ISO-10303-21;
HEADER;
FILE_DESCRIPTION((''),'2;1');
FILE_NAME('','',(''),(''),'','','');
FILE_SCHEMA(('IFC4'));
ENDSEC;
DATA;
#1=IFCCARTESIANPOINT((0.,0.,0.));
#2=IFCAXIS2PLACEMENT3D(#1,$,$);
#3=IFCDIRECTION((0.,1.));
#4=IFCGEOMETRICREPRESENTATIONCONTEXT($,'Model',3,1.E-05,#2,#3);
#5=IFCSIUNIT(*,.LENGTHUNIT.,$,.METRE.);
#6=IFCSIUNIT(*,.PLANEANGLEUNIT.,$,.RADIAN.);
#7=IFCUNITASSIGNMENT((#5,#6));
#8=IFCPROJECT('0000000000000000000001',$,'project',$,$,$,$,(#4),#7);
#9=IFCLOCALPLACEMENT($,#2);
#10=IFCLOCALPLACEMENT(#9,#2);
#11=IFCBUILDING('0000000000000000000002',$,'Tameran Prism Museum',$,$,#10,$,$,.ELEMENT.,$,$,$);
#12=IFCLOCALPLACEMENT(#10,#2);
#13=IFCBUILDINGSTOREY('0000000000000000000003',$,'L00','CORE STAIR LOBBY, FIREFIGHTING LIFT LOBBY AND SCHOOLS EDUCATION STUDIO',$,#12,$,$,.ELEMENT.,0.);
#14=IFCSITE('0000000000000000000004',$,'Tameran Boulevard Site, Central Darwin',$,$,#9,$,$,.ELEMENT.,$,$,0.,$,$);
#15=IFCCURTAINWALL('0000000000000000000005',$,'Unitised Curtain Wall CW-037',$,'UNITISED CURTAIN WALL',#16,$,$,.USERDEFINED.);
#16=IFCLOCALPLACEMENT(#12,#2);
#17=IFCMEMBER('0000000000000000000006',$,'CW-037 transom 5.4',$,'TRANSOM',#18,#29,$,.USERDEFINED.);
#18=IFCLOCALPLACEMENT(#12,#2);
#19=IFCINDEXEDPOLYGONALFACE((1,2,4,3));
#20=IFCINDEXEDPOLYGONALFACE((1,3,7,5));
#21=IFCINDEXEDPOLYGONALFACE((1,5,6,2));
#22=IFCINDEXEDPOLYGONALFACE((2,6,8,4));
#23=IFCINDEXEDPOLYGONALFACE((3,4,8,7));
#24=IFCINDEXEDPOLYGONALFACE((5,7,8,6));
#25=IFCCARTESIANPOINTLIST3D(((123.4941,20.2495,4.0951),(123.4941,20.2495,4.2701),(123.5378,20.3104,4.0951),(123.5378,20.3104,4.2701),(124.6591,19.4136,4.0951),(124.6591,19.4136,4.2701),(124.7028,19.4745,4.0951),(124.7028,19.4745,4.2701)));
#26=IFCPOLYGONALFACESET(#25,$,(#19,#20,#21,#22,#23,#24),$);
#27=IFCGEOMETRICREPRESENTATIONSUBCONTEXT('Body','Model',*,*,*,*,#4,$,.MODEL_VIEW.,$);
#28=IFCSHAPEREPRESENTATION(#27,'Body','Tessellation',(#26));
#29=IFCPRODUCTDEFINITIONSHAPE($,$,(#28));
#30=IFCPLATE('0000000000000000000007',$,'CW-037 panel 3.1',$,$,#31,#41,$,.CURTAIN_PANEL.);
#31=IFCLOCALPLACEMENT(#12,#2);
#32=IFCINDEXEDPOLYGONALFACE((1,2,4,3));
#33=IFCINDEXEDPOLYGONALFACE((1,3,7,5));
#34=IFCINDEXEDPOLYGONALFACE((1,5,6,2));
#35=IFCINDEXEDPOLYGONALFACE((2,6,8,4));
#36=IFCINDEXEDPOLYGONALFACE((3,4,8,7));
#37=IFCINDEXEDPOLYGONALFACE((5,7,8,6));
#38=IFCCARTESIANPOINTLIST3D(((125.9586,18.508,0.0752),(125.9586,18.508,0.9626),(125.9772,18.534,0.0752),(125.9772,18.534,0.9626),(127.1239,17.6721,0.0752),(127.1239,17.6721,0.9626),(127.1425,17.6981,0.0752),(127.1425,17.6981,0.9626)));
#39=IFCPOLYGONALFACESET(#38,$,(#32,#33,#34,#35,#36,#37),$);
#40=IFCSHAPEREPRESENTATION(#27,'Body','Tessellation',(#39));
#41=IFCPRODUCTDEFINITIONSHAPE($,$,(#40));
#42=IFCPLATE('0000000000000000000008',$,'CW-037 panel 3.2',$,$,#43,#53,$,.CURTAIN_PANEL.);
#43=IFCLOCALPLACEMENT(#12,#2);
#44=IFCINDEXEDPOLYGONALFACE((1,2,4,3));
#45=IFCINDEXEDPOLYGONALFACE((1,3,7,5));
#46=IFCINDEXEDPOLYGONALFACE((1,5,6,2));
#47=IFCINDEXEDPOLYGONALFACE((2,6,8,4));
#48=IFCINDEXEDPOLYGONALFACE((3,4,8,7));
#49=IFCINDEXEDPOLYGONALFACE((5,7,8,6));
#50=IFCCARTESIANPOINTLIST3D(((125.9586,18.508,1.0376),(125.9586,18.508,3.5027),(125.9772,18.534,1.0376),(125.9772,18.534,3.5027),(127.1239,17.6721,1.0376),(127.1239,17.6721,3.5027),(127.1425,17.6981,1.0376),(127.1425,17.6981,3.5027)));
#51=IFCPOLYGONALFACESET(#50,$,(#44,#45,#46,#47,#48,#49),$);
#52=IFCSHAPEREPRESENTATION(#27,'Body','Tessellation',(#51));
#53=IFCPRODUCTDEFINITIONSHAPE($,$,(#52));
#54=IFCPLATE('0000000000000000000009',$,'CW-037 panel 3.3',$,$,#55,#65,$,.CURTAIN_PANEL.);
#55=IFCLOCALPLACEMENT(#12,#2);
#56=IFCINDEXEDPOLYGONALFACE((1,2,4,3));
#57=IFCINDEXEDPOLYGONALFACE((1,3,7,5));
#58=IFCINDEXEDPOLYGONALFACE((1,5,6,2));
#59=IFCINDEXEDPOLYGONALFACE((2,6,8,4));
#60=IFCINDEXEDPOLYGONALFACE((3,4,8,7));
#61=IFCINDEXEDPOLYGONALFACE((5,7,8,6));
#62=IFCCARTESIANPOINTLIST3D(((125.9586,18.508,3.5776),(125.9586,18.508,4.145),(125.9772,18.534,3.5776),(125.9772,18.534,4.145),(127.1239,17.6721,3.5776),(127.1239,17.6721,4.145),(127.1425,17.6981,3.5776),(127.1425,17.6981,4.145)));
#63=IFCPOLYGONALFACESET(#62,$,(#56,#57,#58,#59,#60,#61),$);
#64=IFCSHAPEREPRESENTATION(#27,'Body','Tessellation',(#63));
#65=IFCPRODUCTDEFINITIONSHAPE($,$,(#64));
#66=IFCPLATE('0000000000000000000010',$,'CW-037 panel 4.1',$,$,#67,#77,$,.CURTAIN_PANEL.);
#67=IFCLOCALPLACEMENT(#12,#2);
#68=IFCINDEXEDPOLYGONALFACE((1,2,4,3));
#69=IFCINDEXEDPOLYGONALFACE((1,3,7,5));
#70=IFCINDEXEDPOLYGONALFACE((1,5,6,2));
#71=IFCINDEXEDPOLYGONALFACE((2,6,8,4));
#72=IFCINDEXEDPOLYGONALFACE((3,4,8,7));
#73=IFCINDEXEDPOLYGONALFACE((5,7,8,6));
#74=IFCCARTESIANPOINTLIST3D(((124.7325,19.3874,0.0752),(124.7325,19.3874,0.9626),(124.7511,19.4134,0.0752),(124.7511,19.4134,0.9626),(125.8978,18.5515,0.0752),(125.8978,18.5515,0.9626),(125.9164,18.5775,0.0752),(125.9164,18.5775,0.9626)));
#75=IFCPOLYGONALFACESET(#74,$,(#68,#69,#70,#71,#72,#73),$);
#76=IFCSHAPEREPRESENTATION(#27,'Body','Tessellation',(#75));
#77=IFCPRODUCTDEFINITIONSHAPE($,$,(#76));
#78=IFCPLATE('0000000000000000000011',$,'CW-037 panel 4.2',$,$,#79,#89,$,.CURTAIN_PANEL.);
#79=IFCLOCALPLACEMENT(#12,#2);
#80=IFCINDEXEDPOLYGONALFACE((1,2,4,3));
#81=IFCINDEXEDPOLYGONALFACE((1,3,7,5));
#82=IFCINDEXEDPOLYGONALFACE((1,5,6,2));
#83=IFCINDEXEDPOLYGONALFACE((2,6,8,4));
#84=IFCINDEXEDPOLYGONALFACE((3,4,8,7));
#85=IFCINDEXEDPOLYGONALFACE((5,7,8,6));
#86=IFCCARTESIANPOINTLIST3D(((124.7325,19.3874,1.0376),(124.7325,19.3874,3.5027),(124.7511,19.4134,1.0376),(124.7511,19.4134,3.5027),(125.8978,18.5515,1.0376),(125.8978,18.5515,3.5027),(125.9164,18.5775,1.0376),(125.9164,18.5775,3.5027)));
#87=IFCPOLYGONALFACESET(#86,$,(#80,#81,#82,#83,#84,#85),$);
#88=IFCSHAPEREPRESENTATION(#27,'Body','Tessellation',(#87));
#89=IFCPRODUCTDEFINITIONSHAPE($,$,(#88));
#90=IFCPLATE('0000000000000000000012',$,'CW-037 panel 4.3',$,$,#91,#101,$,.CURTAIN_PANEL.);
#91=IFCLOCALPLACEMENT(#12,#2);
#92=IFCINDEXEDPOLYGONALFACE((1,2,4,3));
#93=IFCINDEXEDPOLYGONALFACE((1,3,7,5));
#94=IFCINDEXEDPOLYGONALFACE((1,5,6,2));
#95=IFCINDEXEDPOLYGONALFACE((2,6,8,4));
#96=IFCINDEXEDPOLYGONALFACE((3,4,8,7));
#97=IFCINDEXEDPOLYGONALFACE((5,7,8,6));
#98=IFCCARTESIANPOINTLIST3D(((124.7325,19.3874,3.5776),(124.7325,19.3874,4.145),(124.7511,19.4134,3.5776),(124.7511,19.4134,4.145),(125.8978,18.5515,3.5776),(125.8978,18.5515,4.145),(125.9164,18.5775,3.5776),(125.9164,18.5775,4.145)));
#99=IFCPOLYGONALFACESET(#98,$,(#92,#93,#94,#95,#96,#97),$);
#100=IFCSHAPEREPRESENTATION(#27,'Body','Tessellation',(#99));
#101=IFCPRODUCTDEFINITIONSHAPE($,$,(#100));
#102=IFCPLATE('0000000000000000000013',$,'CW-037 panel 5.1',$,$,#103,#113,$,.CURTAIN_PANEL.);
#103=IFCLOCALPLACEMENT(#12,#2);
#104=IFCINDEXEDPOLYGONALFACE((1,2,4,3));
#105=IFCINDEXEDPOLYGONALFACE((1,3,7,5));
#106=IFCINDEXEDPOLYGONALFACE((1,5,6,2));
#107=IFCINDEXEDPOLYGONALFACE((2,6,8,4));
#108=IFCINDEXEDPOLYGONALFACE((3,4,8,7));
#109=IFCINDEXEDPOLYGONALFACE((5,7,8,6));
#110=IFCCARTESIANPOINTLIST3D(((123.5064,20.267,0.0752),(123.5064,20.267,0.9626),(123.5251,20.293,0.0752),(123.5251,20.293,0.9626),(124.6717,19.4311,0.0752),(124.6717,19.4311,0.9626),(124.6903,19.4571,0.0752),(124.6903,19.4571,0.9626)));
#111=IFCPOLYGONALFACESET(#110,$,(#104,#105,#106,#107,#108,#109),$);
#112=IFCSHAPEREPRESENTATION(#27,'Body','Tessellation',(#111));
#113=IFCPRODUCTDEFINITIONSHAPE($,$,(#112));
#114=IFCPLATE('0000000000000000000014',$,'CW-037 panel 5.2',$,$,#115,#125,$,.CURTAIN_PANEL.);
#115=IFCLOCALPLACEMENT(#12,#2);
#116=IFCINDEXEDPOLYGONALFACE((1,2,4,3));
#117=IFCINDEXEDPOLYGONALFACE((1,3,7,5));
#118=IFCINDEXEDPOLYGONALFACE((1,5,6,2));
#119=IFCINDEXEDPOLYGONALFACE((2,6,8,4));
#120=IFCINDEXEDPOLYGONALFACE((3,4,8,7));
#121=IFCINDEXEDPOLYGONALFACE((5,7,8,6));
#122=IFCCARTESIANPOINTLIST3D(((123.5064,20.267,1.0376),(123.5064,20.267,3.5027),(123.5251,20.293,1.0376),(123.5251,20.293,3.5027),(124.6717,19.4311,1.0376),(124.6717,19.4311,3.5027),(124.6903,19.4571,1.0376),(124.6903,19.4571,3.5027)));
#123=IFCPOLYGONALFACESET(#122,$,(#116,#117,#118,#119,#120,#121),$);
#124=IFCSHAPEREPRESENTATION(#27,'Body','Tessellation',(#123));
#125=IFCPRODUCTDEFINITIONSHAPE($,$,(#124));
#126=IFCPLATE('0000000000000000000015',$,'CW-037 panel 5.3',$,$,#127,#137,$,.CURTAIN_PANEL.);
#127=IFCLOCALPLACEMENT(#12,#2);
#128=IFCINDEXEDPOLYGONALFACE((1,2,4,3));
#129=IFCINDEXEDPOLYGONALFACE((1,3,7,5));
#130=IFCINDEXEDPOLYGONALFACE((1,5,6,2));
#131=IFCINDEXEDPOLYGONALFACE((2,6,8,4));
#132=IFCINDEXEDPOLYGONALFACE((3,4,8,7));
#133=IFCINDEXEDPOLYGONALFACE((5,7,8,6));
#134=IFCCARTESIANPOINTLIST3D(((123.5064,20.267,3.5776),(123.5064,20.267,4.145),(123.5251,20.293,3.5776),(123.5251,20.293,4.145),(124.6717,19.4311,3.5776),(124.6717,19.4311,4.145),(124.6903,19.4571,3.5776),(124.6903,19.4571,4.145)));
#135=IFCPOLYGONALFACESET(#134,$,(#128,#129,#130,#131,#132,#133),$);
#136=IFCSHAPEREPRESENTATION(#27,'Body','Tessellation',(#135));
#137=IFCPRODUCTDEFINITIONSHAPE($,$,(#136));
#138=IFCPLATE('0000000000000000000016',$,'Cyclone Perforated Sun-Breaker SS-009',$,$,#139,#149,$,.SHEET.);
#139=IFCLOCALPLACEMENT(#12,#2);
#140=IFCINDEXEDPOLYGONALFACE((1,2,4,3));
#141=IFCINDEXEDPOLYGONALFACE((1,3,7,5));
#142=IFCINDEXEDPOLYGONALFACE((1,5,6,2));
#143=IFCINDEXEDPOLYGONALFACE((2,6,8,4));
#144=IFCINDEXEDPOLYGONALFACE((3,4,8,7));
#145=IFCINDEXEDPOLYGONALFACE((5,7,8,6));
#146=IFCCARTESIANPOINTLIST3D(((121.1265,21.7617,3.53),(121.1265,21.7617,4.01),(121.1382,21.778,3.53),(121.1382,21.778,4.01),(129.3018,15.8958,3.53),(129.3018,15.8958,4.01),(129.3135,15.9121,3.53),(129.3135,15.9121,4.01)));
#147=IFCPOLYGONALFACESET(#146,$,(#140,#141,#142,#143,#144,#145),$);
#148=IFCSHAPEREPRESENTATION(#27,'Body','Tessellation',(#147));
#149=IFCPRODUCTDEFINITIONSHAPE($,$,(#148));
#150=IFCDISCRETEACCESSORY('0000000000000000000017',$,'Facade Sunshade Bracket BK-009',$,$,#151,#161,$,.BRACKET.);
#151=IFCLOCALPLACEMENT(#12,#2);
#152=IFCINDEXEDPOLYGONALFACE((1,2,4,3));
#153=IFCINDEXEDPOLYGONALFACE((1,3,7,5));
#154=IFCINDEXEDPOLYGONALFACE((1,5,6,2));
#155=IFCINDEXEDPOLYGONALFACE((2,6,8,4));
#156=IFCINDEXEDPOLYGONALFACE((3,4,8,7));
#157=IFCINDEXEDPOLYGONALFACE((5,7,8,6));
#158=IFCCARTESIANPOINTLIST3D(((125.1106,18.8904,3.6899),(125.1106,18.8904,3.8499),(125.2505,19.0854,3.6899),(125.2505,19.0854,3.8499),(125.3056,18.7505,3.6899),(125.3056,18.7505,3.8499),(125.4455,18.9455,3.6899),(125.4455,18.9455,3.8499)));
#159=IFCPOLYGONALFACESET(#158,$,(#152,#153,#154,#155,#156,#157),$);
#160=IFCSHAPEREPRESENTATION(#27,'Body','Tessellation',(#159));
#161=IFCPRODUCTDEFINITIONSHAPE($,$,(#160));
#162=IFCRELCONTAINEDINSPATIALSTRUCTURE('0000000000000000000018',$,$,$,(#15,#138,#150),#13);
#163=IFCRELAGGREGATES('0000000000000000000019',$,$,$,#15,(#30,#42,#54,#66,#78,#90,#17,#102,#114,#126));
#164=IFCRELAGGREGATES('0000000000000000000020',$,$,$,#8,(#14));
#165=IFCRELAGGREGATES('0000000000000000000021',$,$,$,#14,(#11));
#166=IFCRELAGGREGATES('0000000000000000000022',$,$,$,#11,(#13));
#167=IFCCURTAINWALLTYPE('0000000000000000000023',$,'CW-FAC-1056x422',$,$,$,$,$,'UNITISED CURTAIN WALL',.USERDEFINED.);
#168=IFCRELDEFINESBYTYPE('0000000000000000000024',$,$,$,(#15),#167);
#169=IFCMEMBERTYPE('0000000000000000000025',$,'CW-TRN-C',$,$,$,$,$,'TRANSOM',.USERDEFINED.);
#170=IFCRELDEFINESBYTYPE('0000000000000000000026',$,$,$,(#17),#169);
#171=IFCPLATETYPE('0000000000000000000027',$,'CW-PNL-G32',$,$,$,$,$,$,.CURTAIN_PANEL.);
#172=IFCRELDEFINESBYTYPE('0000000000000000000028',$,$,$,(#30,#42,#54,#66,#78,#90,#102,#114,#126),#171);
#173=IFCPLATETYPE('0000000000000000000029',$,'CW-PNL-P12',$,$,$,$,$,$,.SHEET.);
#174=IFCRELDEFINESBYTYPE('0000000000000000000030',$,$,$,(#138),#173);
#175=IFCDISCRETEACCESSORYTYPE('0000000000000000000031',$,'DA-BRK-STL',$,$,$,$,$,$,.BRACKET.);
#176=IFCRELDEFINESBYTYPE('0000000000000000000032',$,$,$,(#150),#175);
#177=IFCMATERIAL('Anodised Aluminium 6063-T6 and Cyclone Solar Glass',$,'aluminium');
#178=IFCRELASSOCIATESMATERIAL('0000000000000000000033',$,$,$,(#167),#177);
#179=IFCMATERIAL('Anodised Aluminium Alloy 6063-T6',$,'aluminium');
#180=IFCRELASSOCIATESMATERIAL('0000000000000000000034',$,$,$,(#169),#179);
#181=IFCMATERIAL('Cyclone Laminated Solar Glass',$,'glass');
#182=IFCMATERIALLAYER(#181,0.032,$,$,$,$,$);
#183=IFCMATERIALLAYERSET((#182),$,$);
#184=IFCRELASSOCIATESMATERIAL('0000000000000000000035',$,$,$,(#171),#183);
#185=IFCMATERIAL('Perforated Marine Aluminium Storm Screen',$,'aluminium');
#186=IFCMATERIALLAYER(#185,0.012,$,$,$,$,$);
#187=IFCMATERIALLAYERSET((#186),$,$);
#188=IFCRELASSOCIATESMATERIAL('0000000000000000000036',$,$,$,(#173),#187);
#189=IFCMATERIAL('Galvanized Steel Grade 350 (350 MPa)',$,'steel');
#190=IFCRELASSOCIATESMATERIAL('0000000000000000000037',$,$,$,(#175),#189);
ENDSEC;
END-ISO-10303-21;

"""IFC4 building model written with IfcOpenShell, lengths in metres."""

from ifc_helpers import new_model, si_unit, direction, frame, origin, origin_2d, place, context, subcontext, project, spatial, rectangle, extrude, material, layer, layer_set, material_profile, profile_set, type_object, element, aggregate, save


model = new_model("IFC4")

# Units and contexts
model_context = context("Model", 3, precision=1e-05, world=origin(), true_north=direction((0.0, 1.0)))
body_context = subcontext(model_context, "Body", "Model", "MODEL_VIEW")
ifc_project = project(units=[si_unit("LENGTHUNIT", "METRE"), si_unit("PLANEANGLEUNIT", "RADIAN")], contexts=[model_context])

# Site, building, storey
site_placement = place(None, origin())
site = spatial("IfcSite", under=ifc_project, at=site_placement, Name="Tameran Boulevard Site, Central Darwin", CompositionType="ELEMENT", RefElevation=0.0)
building_placement = place(site_placement, origin())
building = spatial("IfcBuilding", under=site, at=building_placement, Name="Tameran Prism Museum", CompositionType="ELEMENT")
storey_placement = place(building_placement, origin())
storey = spatial("IfcBuildingStorey", under=building, at=storey_placement, Name="L00", Description="CORE STAIR LOBBY, FIREFIGHTING LIFT LOBBY AND SCHOOLS EDUCATION STUDIO", CompositionType="ELEMENT", Elevation=0.0)

# Curtain wall, member, plates
ifc_material_1 = material(Name="Anodised Aluminium 6063-T6 and Cyclone Solar Glass", Category="aluminium")
curtain_wall_type = type_object("IfcCurtainWallType", Name="CW-FAC-1056x422", ElementType="UNITISED CURTAIN WALL", PredefinedType="USERDEFINED", material=ifc_material_1)
curtain_wall_placement = place(storey_placement, origin())
curtain_wall = element("IfcCurtainWall", 1, at=curtain_wall_placement, inside=storey, type_object=curtain_wall_type, Name="Unitised Curtain Wall CW-037", ObjectType="UNITISED CURTAIN WALL", PredefinedType="USERDEFINED")
ifc_material_2 = material(Name="Anodised Aluminium Alloy 6063-T6", Category="aluminium")
ifc_material_profile_1 = material_profile(ifc_material_2, rectangle(XDim=0.075, YDim=0.175, at=origin_2d()))
ifc_profile_set_1 = profile_set([ifc_material_profile_1])
member_type_1 = type_object("IfcMemberType", Name="CW-TRN-C", ElementType="TRANSOM", PredefinedType="USERDEFINED", material=ifc_profile_set_1)
member_1_placement = place(storey_placement, frame((124.6809, 19.4441, 4.1826), z_axis=(-0.812489, 0.582976, 0.0), x_axis=(-0.582976, -0.812489, 0.0)))
member_1 = element("IfcMember", 2, at=member_1_placement, type_object=member_type_1, Name="CW-037 transom 5.4", ObjectType="TRANSOM", PredefinedType="USERDEFINED", context=body_context, shape_type="SweptSolid", body=[
    extrude(rectangle(XDim=0.075, YDim=0.175, at=origin_2d()), origin(), (0.0, 0.0, 1.0), 1.4338),
])
ifc_material_3 = material(Name="Cyclone Laminated Solar Glass", Category="glass")
ifc_layer_1 = layer(ifc_material_3, 0.032)
ifc_layer_set_1 = layer_set([ifc_layer_1])
plate_type_1 = type_object("IfcPlateType", Name="CW-PNL-G32", PredefinedType="CURTAIN_PANEL", material=ifc_layer_set_1)
plate_1_placement = place(storey_placement, frame((126.5505, 18.103, 0.0752), z_axis=(0.0, 0.0, 1.0), x_axis=(-0.812555, 0.582885, 0.0)))
plate_1 = element("IfcPlate", 3, at=plate_1_placement, type_object=plate_type_1, Name="CW-037 panel 3.1", PredefinedType="CURTAIN_PANEL", context=body_context, shape_type="SweptSolid", body=[
    extrude(rectangle(XDim=1.4341, YDim=0.032, at=origin_2d()), origin(), (0.0, 0.0, 1.0), 0.8875),
])
plate_2_placement = place(storey_placement, frame((126.5505, 18.103, 1.0376), z_axis=(0.0, 0.0, 1.0), x_axis=(-0.812555, 0.582885, 0.0)))
plate_2 = element("IfcPlate", 4, at=plate_2_placement, type_object=plate_type_1, Name="CW-037 panel 3.2", PredefinedType="CURTAIN_PANEL", context=body_context, shape_type="SweptSolid", body=[
    extrude(rectangle(XDim=1.4341, YDim=0.032, at=origin_2d()), origin(), (0.0, 0.0, 1.0), 2.4651),
])
plate_3_placement = place(storey_placement, frame((126.5505, 18.103, 3.5776), z_axis=(0.0, 0.0, 1.0), x_axis=(-0.812555, 0.582885, 0.0)))
plate_3 = element("IfcPlate", 5, at=plate_3_placement, type_object=plate_type_1, Name="CW-037 panel 3.3", PredefinedType="CURTAIN_PANEL", context=body_context, shape_type="SweptSolid", body=[
    extrude(rectangle(XDim=1.4341, YDim=0.032, at=origin_2d()), origin(), (0.0, 0.0, 1.0), 0.5674),
])
plate_4_placement = place(storey_placement, frame((125.3245, 18.9824, 0.0752), z_axis=(0.0, 0.0, 1.0), x_axis=(-0.812555, 0.582885, 0.0)))
plate_4 = element("IfcPlate", 6, at=plate_4_placement, type_object=plate_type_1, Name="CW-037 panel 4.1", PredefinedType="CURTAIN_PANEL", context=body_context, shape_type="SweptSolid", body=[
    extrude(rectangle(XDim=1.4341, YDim=0.032, at=origin_2d()), origin(), (0.0, 0.0, 1.0), 0.8875),
])
plate_5_placement = place(storey_placement, frame((125.3245, 18.9824, 1.0376), z_axis=(0.0, 0.0, 1.0), x_axis=(-0.812555, 0.582885, 0.0)))
plate_5 = element("IfcPlate", 7, at=plate_5_placement, type_object=plate_type_1, Name="CW-037 panel 4.2", PredefinedType="CURTAIN_PANEL", context=body_context, shape_type="SweptSolid", body=[
    extrude(rectangle(XDim=1.4341, YDim=0.032, at=origin_2d()), origin(), (0.0, 0.0, 1.0), 2.4651),
])
plate_6_placement = place(storey_placement, frame((125.3245, 18.9824, 3.5776), z_axis=(0.0, 0.0, 1.0), x_axis=(-0.812555, 0.582885, 0.0)))
plate_6 = element("IfcPlate", 8, at=plate_6_placement, type_object=plate_type_1, Name="CW-037 panel 4.3", PredefinedType="CURTAIN_PANEL", context=body_context, shape_type="SweptSolid", body=[
    extrude(rectangle(XDim=1.4341, YDim=0.032, at=origin_2d()), origin(), (0.0, 0.0, 1.0), 0.5674),
])
plate_7_placement = place(storey_placement, frame((124.0984, 19.8621, 0.0752), z_axis=(0.0, 0.0, 1.0), x_axis=(-0.812555, 0.582885, 0.0)))
plate_7 = element("IfcPlate", 9, at=plate_7_placement, type_object=plate_type_1, Name="CW-037 panel 5.1", PredefinedType="CURTAIN_PANEL", context=body_context, shape_type="SweptSolid", body=[
    extrude(rectangle(XDim=1.4341, YDim=0.032, at=origin_2d()), origin(), (0.0, 0.0, 1.0), 0.8875),
])
plate_8_placement = place(storey_placement, frame((124.0984, 19.8621, 1.0376), z_axis=(0.0, 0.0, 1.0), x_axis=(-0.812555, 0.582885, 0.0)))
plate_8 = element("IfcPlate", 10, at=plate_8_placement, type_object=plate_type_1, Name="CW-037 panel 5.2", PredefinedType="CURTAIN_PANEL", context=body_context, shape_type="SweptSolid", body=[
    extrude(rectangle(XDim=1.4341, YDim=0.032, at=origin_2d()), origin(), (0.0, 0.0, 1.0), 2.4651),
])
plate_9_placement = place(storey_placement, frame((124.0984, 19.8621, 3.5776), z_axis=(0.0, 0.0, 1.0), x_axis=(-0.812555, 0.582885, 0.0)))
plate_9 = element("IfcPlate", 11, at=plate_9_placement, type_object=plate_type_1, Name="CW-037 panel 5.3", PredefinedType="CURTAIN_PANEL", context=body_context, shape_type="SweptSolid", body=[
    extrude(rectangle(XDim=1.4341, YDim=0.032, at=origin_2d()), origin(), (0.0, 0.0, 1.0), 0.5674),
])
aggregate(curtain_wall, [plate_1, plate_2, plate_3, plate_4, plate_5, plate_6, member_1, plate_7, plate_8, plate_9])

# Plate
ifc_material_4 = material(Name="Perforated Marine Aluminium Storm Screen", Category="aluminium")
ifc_layer_2 = layer(ifc_material_4, 0.012)
ifc_layer_set_2 = layer_set([ifc_layer_2])
plate_type_2 = type_object("IfcPlateType", Name="CW-PNL-P12", PredefinedType="SHEET", material=ifc_layer_set_2)
plate_10_placement = place(storey_placement, frame((125.22, 18.8369, 3.53), z_axis=(0.0, 0.0, 1.0), x_axis=(-0.812491, 0.582974, 0.0)))
element("IfcPlate", 12, at=plate_10_placement, inside=storey, type_object=plate_type_2, Name="Cyclone Perforated Sun-Breaker SS-009", PredefinedType="SHEET", context=body_context, shape_type="SweptSolid", body=[
    extrude(rectangle(XDim=10.062, YDim=0.02, at=origin_2d()), origin(), (0.0, 0.0, 1.0), 0.48),
])

# Discrete accessory
ifc_material_5 = material(Name="Galvanized Steel Grade 350 (350 MPa)", Category="steel")
discrete_accessory_type = type_object("IfcDiscreteAccessoryType", Name="DA-BRK-STL", PredefinedType="BRACKET", material=ifc_material_5)
discrete_accessory_placement = place(storey_placement, frame((125.2781, 18.918, 3.6899), z_axis=(0.0, 0.0, 1.0), x_axis=(-0.812491, 0.582974, 0.0)))
element("IfcDiscreteAccessory", 13, at=discrete_accessory_placement, inside=storey, type_object=discrete_accessory_type, Name="Facade Sunshade Bracket BK-009", PredefinedType="BRACKET", context=body_context, shape_type="SweptSolid", body=[
    extrude(rectangle(XDim=0.24, YDim=0.24, at=origin_2d()), origin(), (0.0, 0.0, 1.0), 0.1599),
])

save(model, "model.ifc")
